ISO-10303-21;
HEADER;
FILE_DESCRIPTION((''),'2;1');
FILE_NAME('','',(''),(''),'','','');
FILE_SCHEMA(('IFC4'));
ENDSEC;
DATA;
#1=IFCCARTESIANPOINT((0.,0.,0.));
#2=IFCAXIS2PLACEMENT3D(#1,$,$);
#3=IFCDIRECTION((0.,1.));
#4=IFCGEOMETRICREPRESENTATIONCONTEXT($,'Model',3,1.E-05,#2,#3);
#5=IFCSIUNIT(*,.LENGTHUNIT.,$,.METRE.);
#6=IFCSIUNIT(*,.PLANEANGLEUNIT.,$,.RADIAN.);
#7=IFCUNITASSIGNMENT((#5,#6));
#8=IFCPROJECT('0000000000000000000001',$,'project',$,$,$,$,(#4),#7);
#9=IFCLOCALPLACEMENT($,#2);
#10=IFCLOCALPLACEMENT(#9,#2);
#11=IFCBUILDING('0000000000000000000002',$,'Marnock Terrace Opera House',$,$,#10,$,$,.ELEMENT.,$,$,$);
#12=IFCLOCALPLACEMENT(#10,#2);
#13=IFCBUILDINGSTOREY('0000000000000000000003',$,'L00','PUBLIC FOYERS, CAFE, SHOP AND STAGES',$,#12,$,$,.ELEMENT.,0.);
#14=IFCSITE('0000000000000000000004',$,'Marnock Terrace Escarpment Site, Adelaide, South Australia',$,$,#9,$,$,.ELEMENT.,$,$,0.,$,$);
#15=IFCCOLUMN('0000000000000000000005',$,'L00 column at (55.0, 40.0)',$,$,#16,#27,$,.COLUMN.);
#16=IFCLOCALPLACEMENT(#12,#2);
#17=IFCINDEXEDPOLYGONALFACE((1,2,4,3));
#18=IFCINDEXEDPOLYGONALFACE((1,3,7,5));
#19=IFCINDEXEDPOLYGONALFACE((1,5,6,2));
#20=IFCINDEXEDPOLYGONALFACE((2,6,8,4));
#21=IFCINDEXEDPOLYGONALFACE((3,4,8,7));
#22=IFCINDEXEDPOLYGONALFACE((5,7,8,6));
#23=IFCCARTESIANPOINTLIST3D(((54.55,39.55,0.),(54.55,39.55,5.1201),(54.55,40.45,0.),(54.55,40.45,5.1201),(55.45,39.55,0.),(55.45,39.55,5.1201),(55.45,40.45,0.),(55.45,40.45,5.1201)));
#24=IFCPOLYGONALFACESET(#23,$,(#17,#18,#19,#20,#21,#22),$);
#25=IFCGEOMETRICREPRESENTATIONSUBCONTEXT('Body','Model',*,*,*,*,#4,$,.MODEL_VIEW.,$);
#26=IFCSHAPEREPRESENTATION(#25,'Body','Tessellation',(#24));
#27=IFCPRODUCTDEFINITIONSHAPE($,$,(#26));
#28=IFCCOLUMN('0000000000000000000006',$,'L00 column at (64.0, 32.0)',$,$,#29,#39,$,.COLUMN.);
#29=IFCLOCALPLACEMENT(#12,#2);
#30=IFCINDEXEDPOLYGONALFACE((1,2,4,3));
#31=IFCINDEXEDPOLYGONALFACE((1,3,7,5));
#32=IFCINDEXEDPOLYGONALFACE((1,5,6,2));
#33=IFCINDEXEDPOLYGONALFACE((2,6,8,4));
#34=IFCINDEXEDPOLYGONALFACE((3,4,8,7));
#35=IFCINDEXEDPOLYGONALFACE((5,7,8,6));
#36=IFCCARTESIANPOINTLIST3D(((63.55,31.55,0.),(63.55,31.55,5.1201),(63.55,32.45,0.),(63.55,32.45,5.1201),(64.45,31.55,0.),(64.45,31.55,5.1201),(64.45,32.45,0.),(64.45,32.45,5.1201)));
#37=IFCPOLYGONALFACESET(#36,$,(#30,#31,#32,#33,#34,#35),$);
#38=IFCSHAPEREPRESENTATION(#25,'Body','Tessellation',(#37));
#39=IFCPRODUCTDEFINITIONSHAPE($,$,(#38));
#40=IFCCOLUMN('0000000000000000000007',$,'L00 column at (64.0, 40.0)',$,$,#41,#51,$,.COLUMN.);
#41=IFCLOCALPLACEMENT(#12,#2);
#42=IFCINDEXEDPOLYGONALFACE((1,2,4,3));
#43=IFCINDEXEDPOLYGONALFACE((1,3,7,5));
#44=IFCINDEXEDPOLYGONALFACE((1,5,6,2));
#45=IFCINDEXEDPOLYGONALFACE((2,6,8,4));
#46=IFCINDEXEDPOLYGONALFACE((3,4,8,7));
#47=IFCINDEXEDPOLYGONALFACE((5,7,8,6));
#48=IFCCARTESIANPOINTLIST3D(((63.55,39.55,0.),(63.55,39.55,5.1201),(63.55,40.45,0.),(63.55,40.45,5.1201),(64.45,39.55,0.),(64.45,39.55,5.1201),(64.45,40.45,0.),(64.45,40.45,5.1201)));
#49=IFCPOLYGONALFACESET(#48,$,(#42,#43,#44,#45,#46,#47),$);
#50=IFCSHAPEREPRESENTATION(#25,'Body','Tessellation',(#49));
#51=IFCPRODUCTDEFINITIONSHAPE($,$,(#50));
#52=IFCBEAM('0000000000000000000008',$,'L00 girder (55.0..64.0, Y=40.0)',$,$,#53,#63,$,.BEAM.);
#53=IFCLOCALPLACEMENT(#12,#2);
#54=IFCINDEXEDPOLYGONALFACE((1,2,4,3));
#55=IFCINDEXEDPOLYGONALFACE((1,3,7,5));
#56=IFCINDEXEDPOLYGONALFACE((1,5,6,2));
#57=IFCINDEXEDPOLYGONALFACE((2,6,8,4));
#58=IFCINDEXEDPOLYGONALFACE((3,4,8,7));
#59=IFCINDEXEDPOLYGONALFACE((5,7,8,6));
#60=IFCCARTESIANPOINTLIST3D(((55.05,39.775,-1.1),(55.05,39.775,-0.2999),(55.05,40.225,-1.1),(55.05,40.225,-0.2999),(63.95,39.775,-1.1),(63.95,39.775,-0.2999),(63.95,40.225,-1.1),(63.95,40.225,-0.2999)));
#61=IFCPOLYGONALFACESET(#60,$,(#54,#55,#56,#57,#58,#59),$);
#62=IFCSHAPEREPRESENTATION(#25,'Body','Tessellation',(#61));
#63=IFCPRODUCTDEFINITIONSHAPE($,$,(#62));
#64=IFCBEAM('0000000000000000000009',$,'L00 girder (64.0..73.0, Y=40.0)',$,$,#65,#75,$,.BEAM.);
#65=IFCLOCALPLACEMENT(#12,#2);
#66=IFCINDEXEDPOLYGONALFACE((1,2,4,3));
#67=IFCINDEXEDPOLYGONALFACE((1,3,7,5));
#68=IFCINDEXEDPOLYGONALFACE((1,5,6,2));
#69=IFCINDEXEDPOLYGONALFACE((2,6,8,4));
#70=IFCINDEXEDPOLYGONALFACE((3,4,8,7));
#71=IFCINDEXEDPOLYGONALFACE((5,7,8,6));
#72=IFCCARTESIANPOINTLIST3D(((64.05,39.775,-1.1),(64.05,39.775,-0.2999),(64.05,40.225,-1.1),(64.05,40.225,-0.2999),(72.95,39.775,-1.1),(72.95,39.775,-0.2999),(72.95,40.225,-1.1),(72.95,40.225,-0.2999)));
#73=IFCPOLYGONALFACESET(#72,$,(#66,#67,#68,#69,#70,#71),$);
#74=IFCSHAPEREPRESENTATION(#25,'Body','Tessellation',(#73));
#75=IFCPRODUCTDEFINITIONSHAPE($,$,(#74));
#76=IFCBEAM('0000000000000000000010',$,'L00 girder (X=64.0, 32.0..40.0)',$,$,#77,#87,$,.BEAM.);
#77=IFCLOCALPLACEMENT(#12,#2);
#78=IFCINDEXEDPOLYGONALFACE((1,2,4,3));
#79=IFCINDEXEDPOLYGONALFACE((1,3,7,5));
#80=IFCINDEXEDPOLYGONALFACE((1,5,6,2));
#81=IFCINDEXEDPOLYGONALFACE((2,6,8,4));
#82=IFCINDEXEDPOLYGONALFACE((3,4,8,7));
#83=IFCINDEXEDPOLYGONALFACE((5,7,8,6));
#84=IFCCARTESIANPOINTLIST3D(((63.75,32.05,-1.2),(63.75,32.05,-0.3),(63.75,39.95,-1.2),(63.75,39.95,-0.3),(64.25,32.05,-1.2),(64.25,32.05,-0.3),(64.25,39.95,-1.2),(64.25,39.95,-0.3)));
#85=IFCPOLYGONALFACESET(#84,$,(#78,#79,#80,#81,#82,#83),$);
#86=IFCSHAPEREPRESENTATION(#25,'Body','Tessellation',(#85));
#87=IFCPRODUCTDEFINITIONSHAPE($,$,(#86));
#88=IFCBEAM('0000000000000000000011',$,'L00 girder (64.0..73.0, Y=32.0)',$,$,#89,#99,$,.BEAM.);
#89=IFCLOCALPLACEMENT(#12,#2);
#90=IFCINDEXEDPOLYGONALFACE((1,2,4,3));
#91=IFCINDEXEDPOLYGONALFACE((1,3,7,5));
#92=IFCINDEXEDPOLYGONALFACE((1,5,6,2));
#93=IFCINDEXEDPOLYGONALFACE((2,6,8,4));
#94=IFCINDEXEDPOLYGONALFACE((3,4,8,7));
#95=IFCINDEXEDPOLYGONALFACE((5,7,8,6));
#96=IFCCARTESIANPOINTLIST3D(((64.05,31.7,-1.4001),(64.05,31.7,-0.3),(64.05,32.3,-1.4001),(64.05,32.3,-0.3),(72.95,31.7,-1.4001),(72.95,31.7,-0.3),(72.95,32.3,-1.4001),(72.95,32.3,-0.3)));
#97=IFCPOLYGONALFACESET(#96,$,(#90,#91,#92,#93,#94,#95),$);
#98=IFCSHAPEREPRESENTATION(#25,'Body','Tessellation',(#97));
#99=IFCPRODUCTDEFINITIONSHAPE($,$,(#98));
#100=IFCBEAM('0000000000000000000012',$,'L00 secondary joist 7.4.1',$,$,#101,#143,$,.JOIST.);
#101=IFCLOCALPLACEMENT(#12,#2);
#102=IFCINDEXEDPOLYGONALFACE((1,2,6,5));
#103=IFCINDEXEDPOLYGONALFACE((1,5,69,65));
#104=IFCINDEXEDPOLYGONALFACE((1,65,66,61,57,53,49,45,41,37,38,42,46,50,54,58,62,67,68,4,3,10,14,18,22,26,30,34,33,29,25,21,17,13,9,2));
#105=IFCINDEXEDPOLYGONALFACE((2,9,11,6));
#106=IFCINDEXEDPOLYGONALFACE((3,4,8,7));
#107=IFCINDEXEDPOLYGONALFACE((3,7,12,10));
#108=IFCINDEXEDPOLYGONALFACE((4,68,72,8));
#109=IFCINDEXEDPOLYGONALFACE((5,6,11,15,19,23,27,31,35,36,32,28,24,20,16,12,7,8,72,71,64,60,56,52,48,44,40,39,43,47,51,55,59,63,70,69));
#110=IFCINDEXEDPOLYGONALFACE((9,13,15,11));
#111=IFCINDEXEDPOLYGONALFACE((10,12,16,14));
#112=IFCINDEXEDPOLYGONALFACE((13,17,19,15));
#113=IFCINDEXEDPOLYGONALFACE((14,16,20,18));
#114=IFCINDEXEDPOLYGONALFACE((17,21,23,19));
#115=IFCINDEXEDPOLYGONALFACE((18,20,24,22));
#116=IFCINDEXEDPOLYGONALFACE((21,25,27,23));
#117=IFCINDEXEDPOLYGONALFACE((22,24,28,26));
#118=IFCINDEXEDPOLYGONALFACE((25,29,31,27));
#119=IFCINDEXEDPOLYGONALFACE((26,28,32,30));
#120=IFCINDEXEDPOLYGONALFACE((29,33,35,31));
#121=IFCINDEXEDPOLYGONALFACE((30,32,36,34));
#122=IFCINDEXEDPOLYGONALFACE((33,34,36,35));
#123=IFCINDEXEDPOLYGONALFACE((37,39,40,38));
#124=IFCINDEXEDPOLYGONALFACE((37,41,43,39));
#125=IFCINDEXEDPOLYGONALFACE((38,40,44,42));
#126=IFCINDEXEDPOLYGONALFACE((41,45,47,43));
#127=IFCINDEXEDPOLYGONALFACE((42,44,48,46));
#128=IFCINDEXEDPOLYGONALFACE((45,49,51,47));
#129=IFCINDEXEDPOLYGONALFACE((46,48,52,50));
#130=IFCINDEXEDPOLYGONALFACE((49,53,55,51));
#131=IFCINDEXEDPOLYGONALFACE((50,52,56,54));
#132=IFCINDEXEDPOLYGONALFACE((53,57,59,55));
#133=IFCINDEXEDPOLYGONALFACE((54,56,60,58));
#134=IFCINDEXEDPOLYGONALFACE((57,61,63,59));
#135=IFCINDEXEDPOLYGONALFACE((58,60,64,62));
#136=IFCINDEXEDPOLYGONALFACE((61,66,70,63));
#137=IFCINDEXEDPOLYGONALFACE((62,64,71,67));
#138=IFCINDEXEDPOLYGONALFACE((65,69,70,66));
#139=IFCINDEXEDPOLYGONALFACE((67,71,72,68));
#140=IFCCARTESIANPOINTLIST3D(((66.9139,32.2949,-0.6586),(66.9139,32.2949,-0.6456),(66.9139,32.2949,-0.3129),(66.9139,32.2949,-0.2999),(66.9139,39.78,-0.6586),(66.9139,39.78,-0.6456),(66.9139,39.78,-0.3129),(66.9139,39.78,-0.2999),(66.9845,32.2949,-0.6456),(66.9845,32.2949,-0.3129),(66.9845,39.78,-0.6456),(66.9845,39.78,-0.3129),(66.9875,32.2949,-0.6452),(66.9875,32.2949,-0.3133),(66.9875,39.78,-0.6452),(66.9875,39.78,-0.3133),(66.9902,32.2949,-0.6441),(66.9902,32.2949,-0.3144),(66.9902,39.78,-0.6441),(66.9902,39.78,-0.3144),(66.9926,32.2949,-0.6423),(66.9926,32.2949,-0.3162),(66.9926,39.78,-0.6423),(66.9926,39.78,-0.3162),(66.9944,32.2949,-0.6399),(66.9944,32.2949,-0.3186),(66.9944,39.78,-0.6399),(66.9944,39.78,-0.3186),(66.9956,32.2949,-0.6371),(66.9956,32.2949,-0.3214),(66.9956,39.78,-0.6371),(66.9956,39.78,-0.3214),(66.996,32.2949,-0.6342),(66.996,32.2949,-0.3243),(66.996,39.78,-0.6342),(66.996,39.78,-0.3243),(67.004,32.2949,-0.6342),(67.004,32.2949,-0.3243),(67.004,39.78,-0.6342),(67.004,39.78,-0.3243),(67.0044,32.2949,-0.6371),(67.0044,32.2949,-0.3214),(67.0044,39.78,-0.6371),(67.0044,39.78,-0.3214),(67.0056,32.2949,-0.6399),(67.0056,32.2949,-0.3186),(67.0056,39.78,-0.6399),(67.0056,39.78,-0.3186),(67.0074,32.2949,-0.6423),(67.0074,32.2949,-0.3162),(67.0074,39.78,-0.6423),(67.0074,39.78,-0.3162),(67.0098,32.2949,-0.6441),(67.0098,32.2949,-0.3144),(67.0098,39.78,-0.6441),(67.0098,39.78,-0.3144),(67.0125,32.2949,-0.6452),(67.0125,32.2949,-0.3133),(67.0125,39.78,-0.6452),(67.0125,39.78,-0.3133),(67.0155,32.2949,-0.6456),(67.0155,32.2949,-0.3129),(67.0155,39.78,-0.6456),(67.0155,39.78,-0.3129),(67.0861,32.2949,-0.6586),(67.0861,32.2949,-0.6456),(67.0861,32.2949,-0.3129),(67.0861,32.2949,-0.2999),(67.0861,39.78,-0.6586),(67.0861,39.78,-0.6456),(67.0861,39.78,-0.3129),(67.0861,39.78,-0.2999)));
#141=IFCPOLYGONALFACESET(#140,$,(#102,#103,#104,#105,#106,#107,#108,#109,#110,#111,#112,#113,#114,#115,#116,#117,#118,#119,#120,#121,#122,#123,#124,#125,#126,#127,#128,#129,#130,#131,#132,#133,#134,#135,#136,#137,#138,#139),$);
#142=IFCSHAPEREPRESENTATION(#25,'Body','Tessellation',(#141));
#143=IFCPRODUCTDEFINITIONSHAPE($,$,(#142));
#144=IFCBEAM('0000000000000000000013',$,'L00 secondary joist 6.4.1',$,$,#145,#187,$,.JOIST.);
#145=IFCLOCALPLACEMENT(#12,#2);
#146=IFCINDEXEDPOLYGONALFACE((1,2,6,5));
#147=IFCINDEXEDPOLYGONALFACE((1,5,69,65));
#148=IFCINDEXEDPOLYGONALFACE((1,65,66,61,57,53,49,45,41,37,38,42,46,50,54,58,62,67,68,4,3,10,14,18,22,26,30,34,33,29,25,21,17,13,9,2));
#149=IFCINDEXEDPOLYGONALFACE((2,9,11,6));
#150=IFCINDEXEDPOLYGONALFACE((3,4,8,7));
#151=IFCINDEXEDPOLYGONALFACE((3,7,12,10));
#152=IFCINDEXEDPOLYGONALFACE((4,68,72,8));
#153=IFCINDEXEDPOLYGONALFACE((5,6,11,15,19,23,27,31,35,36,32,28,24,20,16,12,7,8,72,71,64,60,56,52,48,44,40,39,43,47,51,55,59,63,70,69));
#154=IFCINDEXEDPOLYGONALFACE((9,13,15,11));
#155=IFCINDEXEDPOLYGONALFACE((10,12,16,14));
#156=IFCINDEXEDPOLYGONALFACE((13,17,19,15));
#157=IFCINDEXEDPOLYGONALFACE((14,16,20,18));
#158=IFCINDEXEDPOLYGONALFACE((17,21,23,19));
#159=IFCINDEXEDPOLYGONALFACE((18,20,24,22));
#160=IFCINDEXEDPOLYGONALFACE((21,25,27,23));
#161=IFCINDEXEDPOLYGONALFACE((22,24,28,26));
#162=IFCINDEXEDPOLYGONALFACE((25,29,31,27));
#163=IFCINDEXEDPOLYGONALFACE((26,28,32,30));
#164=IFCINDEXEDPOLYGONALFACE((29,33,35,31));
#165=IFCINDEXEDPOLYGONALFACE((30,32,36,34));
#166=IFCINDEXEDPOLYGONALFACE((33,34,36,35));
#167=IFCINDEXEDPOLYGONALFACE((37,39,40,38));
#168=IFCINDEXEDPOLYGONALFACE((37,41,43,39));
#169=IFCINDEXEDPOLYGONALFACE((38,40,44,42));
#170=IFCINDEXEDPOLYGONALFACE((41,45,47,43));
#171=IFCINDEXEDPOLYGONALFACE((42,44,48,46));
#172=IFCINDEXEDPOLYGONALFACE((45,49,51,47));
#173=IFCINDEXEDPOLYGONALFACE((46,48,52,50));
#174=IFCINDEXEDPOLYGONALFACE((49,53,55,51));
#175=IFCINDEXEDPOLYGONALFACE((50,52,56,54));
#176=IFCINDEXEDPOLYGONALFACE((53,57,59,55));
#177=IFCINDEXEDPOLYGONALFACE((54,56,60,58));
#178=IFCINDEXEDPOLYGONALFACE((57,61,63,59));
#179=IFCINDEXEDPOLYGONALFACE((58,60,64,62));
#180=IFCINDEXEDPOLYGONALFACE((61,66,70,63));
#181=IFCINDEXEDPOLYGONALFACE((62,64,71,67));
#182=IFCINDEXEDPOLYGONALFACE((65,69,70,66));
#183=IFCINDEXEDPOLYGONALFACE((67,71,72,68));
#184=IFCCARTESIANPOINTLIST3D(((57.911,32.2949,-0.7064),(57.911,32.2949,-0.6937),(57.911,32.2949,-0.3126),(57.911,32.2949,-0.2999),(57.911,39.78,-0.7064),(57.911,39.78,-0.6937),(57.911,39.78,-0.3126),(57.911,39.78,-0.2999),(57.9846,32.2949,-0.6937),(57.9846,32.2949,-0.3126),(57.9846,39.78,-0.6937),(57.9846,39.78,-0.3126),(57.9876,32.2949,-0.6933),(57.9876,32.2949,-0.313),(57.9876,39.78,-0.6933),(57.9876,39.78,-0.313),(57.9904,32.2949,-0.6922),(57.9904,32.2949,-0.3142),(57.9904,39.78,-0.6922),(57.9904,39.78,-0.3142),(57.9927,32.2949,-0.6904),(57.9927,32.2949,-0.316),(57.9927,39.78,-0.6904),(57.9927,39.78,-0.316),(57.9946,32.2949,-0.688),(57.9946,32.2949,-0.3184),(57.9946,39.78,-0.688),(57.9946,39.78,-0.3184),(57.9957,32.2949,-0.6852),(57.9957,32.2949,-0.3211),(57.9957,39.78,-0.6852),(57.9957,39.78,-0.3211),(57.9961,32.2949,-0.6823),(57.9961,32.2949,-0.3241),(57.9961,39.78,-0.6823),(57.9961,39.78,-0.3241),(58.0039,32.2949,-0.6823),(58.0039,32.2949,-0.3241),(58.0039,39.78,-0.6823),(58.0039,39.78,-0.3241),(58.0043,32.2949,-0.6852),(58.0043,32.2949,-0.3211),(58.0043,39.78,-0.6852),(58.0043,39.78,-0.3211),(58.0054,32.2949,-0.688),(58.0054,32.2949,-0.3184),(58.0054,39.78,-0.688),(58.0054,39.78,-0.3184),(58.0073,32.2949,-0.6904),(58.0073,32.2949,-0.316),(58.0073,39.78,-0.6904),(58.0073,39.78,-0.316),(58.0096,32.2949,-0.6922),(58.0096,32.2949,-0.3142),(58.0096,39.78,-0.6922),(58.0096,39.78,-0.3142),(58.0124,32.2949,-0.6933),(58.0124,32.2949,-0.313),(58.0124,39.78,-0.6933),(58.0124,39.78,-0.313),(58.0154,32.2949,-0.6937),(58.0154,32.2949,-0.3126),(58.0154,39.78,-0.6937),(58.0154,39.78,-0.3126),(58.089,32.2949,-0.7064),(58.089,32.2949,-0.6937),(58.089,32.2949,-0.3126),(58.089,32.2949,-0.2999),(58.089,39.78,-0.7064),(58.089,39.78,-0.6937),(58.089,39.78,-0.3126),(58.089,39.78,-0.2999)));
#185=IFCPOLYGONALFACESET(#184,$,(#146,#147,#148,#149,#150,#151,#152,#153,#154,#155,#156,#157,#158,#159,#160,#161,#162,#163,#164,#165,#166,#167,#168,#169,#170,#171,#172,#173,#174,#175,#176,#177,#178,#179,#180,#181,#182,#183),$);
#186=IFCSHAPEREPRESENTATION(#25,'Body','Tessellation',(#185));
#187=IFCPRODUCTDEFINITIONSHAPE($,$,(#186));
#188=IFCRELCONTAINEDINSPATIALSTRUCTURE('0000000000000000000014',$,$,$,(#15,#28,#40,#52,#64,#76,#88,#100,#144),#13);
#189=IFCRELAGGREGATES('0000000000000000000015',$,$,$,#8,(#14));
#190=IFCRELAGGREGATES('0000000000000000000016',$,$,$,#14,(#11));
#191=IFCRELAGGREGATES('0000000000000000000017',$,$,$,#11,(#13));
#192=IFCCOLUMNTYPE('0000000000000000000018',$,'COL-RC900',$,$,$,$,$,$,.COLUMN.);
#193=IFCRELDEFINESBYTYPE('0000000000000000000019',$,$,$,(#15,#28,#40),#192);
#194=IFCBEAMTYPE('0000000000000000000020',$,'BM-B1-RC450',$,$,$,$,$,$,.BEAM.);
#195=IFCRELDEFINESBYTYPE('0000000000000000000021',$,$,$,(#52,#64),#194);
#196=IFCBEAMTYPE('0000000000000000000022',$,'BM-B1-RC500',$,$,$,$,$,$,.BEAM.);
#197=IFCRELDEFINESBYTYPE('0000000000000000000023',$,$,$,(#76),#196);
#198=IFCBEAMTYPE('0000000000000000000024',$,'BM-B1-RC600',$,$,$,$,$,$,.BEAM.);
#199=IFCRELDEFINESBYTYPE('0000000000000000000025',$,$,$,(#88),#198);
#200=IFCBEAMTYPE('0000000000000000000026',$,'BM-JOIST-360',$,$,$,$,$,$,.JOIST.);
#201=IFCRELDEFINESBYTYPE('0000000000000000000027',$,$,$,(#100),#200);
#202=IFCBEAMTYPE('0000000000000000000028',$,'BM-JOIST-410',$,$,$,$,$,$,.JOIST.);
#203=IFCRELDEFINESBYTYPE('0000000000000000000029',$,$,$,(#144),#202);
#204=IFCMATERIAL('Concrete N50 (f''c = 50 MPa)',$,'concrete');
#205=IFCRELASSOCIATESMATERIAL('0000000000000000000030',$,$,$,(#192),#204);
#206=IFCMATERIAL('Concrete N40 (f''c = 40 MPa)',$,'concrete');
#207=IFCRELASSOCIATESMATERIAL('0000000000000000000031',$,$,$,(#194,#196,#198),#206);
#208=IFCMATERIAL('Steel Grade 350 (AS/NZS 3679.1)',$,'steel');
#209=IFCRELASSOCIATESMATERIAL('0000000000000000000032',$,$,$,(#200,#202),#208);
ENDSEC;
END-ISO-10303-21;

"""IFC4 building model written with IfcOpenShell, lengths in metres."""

from ifc_helpers import new_model, si_unit, direction, frame, origin, origin_2d, place, context, subcontext, project, spatial, rectangle, i_section, extrude, material, material_profile, profile_set, type_object, element, save


model = new_model("IFC4")

# Units and contexts
model_context = context("Model", 3, precision=1e-05, world=origin(), true_north=direction((0.0, 1.0)))
body_context = subcontext(model_context, "Body", "Model", "MODEL_VIEW")
ifc_project = project(units=[si_unit("LENGTHUNIT", "METRE"), si_unit("PLANEANGLEUNIT", "RADIAN")], contexts=[model_context])

# Site, building, storey
site_placement = place(None, origin())
site = spatial("IfcSite", under=ifc_project, at=site_placement, Name="Marnock Terrace Escarpment Site, Adelaide, South Australia", CompositionType="ELEMENT", RefElevation=0.0)
building_placement = place(site_placement, origin())
building = spatial("IfcBuilding", under=site, at=building_placement, Name="Marnock Terrace Opera House", CompositionType="ELEMENT")
storey_placement = place(building_placement, origin())
storey = spatial("IfcBuildingStorey", under=building, at=storey_placement, Name="L00", Description="PUBLIC FOYERS, CAFE, SHOP AND STAGES", CompositionType="ELEMENT", Elevation=0.0)

# Columns
ifc_material_1 = material(Name="Concrete N50 (f'c = 50 MPa)", Category="concrete")
ifc_material_profile_1 = material_profile(ifc_material_1, rectangle(XDim=0.8999, YDim=0.8999, at=origin_2d()))
ifc_profile_set_1 = profile_set([ifc_material_profile_1], Name="Concrete N50 (f'c = 50 MPa)")
column_type = type_object("IfcColumnType", Name="COL-RC900", PredefinedType="COLUMN", material=ifc_profile_set_1)
for number, where, z_axis, x_axis, name in (
    (1, (55.0, 40.0, 0.0), (0.0, 0.0, 1.0), (1.0, 0.0, 0.0), "L00 column at (55.0, 40.0)"),
    (2, (64.0, 32.0, 0.0), (0.0, 0.0, 1.0), (1.0, 0.0, 0.0), "L00 column at (64.0, 32.0)"),
    (3, (64.0, 40.0, 0.0), (0.0, 0.0, 1.0), (1.0, 0.0, 0.0), "L00 column at (64.0, 40.0)"),
):
    element("IfcColumn", number, at=place(storey_placement, frame(where, z_axis=z_axis, x_axis=x_axis)), inside=storey, type_object=column_type, Name=name, PredefinedType="COLUMN", context=body_context, shape_type="SweptSolid", body=[
        extrude(rectangle(XDim=0.8999, YDim=0.8999, at=origin_2d()), origin(), (0.0, 0.0, 1.0), 5.1201),
    ])

# Beams
ifc_material_2 = material(Name="Concrete N40 (f'c = 40 MPa)", Category="concrete")
ifc_material_profile_2 = material_profile(ifc_material_2, rectangle(XDim=0.45, YDim=0.8, at=origin_2d()))
ifc_profile_set_2 = profile_set([ifc_material_profile_2], Name="Concrete N40 (f'c = 40 MPa)")
beam_type_1 = type_object("IfcBeamType", Name="BM-B1-RC450", PredefinedType="BEAM", material=ifc_profile_set_2)
for number, where, z_axis, x_axis, name in (
    (4, (55.05, 40.0, -0.7), (1.0, 0.0, 0.0), (0.0, 1.0, 0.0), "L00 girder (55.0..64.0, Y=40.0)"),
    (5, (64.05, 40.0, -0.7), (1.0, 0.0, 0.0), (0.0, 1.0, 0.0), "L00 girder (64.0..73.0, Y=40.0)"),
):
    element("IfcBeam", number, at=place(storey_placement, frame(where, z_axis=z_axis, x_axis=x_axis)), inside=storey, type_object=beam_type_1, Name=name, PredefinedType="BEAM", context=body_context, shape_type="SweptSolid", body=[
        extrude(rectangle(XDim=0.45, YDim=0.8, at=origin_2d()), origin(), (0.0, 0.0, 1.0), 8.8999),
    ])
ifc_material_profile_3 = material_profile(ifc_material_2, rectangle(XDim=0.5, YDim=0.8999, at=origin_2d()))
ifc_profile_set_3 = profile_set([ifc_material_profile_3], Name="Concrete N40 (f'c = 40 MPa)")
beam_type_2 = type_object("IfcBeamType", Name="BM-B1-RC500", PredefinedType="BEAM", material=ifc_profile_set_3)
beam_1_placement = place(storey_placement, frame((64.0, 32.05, -0.75), z_axis=(0.0, 1.0, 0.0), x_axis=(-1.0, 0.0, 0.0)))
element("IfcBeam", 6, at=beam_1_placement, inside=storey, type_object=beam_type_2, Name="L00 girder (X=64.0, 32.0..40.0)", PredefinedType="BEAM", context=body_context, shape_type="SweptSolid", body=[
    extrude(rectangle(XDim=0.5, YDim=0.8999, at=origin_2d()), origin(), (0.0, 0.0, 1.0), 7.8999),
])
ifc_material_profile_4 = material_profile(ifc_material_2, rectangle(XDim=0.6001, YDim=1.1001, at=origin_2d()))
ifc_profile_set_4 = profile_set([ifc_material_profile_4], Name="Concrete N40 (f'c = 40 MPa)")
beam_type_3 = type_object("IfcBeamType", Name="BM-B1-RC600", PredefinedType="BEAM", material=ifc_profile_set_4)
beam_2_placement = place(storey_placement, frame((64.05, 32.0, -0.8501), z_axis=(1.0, 0.0, 0.0), x_axis=(0.0, 1.0, 0.0)))
element("IfcBeam", 7, at=beam_2_placement, inside=storey, type_object=beam_type_3, Name="L00 girder (64.0..73.0, Y=32.0)", PredefinedType="BEAM", context=body_context, shape_type="SweptSolid", body=[
    extrude(rectangle(XDim=0.6001, YDim=1.1001, at=origin_2d()), origin(), (0.0, 0.0, 1.0), 8.8999),
])
ifc_material_3 = material(Name="Steel Grade 350 (AS/NZS 3679.1)", Category="steel")
ifc_material_profile_5 = material_profile(ifc_material_3, i_section(OverallWidth=0.1721, OverallDepth=0.3586, WebThickness=0.0081, FlangeThickness=0.0129, FilletRadius=0.0115, at=origin_2d()))
ifc_profile_set_5 = profile_set([ifc_material_profile_5], Name="Steel Grade 350 (AS/NZS 3679.1)")
beam_type_4 = type_object("IfcBeamType", Name="BM-JOIST-360", PredefinedType="JOIST", material=ifc_profile_set_5)
beam_3_placement = place(storey_placement, frame((67.0, 32.2949, -0.4792), z_axis=(0.0, 1.0, 0.0), x_axis=(-1.0, 0.0, 0.0)))
element("IfcBeam", 8, at=beam_3_placement, inside=storey, type_object=beam_type_4, Name="L00 secondary joist 7.4.1", PredefinedType="JOIST", context=body_context, shape_type="SweptSolid", body=[
    extrude(i_section(OverallWidth=0.1721, OverallDepth=0.3586, WebThickness=0.0081, FlangeThickness=0.0129, FilletRadius=0.0115, at=origin_2d()), origin(), (0.0, 0.0, 1.0), 7.4851),
])
ifc_material_profile_6 = material_profile(ifc_material_3, i_section(OverallWidth=0.178, OverallDepth=0.4065, WebThickness=0.0078, FlangeThickness=0.0127, FilletRadius=0.0115, at=origin_2d()))
ifc_profile_set_6 = profile_set([ifc_material_profile_6], Name="Steel Grade 350 (AS/NZS 3679.1)")
beam_type_5 = type_object("IfcBeamType", Name="BM-JOIST-410", PredefinedType="JOIST", material=ifc_profile_set_6)
for number, where, z_axis, x_axis, name in (
    (9, (58.0, 32.2949, -0.5032), (0.0, 1.0, 0.0), (-1.0, 0.0, 0.0), "L00 secondary joist 6.4.1"),
):
    element("IfcBeam", number, at=place(storey_placement, frame(where, z_axis=z_axis, x_axis=x_axis)), inside=storey, type_object=beam_type_5, Name=name, PredefinedType="JOIST", context=body_context, shape_type="SweptSolid", body=[
        extrude(i_section(OverallWidth=0.178, OverallDepth=0.4065, WebThickness=0.0078, FlangeThickness=0.0127, FilletRadius=0.0115, at=origin_2d()), origin(), (0.0, 0.0, 1.0), 7.4851),
    ])

save(model, "model.ifc")
